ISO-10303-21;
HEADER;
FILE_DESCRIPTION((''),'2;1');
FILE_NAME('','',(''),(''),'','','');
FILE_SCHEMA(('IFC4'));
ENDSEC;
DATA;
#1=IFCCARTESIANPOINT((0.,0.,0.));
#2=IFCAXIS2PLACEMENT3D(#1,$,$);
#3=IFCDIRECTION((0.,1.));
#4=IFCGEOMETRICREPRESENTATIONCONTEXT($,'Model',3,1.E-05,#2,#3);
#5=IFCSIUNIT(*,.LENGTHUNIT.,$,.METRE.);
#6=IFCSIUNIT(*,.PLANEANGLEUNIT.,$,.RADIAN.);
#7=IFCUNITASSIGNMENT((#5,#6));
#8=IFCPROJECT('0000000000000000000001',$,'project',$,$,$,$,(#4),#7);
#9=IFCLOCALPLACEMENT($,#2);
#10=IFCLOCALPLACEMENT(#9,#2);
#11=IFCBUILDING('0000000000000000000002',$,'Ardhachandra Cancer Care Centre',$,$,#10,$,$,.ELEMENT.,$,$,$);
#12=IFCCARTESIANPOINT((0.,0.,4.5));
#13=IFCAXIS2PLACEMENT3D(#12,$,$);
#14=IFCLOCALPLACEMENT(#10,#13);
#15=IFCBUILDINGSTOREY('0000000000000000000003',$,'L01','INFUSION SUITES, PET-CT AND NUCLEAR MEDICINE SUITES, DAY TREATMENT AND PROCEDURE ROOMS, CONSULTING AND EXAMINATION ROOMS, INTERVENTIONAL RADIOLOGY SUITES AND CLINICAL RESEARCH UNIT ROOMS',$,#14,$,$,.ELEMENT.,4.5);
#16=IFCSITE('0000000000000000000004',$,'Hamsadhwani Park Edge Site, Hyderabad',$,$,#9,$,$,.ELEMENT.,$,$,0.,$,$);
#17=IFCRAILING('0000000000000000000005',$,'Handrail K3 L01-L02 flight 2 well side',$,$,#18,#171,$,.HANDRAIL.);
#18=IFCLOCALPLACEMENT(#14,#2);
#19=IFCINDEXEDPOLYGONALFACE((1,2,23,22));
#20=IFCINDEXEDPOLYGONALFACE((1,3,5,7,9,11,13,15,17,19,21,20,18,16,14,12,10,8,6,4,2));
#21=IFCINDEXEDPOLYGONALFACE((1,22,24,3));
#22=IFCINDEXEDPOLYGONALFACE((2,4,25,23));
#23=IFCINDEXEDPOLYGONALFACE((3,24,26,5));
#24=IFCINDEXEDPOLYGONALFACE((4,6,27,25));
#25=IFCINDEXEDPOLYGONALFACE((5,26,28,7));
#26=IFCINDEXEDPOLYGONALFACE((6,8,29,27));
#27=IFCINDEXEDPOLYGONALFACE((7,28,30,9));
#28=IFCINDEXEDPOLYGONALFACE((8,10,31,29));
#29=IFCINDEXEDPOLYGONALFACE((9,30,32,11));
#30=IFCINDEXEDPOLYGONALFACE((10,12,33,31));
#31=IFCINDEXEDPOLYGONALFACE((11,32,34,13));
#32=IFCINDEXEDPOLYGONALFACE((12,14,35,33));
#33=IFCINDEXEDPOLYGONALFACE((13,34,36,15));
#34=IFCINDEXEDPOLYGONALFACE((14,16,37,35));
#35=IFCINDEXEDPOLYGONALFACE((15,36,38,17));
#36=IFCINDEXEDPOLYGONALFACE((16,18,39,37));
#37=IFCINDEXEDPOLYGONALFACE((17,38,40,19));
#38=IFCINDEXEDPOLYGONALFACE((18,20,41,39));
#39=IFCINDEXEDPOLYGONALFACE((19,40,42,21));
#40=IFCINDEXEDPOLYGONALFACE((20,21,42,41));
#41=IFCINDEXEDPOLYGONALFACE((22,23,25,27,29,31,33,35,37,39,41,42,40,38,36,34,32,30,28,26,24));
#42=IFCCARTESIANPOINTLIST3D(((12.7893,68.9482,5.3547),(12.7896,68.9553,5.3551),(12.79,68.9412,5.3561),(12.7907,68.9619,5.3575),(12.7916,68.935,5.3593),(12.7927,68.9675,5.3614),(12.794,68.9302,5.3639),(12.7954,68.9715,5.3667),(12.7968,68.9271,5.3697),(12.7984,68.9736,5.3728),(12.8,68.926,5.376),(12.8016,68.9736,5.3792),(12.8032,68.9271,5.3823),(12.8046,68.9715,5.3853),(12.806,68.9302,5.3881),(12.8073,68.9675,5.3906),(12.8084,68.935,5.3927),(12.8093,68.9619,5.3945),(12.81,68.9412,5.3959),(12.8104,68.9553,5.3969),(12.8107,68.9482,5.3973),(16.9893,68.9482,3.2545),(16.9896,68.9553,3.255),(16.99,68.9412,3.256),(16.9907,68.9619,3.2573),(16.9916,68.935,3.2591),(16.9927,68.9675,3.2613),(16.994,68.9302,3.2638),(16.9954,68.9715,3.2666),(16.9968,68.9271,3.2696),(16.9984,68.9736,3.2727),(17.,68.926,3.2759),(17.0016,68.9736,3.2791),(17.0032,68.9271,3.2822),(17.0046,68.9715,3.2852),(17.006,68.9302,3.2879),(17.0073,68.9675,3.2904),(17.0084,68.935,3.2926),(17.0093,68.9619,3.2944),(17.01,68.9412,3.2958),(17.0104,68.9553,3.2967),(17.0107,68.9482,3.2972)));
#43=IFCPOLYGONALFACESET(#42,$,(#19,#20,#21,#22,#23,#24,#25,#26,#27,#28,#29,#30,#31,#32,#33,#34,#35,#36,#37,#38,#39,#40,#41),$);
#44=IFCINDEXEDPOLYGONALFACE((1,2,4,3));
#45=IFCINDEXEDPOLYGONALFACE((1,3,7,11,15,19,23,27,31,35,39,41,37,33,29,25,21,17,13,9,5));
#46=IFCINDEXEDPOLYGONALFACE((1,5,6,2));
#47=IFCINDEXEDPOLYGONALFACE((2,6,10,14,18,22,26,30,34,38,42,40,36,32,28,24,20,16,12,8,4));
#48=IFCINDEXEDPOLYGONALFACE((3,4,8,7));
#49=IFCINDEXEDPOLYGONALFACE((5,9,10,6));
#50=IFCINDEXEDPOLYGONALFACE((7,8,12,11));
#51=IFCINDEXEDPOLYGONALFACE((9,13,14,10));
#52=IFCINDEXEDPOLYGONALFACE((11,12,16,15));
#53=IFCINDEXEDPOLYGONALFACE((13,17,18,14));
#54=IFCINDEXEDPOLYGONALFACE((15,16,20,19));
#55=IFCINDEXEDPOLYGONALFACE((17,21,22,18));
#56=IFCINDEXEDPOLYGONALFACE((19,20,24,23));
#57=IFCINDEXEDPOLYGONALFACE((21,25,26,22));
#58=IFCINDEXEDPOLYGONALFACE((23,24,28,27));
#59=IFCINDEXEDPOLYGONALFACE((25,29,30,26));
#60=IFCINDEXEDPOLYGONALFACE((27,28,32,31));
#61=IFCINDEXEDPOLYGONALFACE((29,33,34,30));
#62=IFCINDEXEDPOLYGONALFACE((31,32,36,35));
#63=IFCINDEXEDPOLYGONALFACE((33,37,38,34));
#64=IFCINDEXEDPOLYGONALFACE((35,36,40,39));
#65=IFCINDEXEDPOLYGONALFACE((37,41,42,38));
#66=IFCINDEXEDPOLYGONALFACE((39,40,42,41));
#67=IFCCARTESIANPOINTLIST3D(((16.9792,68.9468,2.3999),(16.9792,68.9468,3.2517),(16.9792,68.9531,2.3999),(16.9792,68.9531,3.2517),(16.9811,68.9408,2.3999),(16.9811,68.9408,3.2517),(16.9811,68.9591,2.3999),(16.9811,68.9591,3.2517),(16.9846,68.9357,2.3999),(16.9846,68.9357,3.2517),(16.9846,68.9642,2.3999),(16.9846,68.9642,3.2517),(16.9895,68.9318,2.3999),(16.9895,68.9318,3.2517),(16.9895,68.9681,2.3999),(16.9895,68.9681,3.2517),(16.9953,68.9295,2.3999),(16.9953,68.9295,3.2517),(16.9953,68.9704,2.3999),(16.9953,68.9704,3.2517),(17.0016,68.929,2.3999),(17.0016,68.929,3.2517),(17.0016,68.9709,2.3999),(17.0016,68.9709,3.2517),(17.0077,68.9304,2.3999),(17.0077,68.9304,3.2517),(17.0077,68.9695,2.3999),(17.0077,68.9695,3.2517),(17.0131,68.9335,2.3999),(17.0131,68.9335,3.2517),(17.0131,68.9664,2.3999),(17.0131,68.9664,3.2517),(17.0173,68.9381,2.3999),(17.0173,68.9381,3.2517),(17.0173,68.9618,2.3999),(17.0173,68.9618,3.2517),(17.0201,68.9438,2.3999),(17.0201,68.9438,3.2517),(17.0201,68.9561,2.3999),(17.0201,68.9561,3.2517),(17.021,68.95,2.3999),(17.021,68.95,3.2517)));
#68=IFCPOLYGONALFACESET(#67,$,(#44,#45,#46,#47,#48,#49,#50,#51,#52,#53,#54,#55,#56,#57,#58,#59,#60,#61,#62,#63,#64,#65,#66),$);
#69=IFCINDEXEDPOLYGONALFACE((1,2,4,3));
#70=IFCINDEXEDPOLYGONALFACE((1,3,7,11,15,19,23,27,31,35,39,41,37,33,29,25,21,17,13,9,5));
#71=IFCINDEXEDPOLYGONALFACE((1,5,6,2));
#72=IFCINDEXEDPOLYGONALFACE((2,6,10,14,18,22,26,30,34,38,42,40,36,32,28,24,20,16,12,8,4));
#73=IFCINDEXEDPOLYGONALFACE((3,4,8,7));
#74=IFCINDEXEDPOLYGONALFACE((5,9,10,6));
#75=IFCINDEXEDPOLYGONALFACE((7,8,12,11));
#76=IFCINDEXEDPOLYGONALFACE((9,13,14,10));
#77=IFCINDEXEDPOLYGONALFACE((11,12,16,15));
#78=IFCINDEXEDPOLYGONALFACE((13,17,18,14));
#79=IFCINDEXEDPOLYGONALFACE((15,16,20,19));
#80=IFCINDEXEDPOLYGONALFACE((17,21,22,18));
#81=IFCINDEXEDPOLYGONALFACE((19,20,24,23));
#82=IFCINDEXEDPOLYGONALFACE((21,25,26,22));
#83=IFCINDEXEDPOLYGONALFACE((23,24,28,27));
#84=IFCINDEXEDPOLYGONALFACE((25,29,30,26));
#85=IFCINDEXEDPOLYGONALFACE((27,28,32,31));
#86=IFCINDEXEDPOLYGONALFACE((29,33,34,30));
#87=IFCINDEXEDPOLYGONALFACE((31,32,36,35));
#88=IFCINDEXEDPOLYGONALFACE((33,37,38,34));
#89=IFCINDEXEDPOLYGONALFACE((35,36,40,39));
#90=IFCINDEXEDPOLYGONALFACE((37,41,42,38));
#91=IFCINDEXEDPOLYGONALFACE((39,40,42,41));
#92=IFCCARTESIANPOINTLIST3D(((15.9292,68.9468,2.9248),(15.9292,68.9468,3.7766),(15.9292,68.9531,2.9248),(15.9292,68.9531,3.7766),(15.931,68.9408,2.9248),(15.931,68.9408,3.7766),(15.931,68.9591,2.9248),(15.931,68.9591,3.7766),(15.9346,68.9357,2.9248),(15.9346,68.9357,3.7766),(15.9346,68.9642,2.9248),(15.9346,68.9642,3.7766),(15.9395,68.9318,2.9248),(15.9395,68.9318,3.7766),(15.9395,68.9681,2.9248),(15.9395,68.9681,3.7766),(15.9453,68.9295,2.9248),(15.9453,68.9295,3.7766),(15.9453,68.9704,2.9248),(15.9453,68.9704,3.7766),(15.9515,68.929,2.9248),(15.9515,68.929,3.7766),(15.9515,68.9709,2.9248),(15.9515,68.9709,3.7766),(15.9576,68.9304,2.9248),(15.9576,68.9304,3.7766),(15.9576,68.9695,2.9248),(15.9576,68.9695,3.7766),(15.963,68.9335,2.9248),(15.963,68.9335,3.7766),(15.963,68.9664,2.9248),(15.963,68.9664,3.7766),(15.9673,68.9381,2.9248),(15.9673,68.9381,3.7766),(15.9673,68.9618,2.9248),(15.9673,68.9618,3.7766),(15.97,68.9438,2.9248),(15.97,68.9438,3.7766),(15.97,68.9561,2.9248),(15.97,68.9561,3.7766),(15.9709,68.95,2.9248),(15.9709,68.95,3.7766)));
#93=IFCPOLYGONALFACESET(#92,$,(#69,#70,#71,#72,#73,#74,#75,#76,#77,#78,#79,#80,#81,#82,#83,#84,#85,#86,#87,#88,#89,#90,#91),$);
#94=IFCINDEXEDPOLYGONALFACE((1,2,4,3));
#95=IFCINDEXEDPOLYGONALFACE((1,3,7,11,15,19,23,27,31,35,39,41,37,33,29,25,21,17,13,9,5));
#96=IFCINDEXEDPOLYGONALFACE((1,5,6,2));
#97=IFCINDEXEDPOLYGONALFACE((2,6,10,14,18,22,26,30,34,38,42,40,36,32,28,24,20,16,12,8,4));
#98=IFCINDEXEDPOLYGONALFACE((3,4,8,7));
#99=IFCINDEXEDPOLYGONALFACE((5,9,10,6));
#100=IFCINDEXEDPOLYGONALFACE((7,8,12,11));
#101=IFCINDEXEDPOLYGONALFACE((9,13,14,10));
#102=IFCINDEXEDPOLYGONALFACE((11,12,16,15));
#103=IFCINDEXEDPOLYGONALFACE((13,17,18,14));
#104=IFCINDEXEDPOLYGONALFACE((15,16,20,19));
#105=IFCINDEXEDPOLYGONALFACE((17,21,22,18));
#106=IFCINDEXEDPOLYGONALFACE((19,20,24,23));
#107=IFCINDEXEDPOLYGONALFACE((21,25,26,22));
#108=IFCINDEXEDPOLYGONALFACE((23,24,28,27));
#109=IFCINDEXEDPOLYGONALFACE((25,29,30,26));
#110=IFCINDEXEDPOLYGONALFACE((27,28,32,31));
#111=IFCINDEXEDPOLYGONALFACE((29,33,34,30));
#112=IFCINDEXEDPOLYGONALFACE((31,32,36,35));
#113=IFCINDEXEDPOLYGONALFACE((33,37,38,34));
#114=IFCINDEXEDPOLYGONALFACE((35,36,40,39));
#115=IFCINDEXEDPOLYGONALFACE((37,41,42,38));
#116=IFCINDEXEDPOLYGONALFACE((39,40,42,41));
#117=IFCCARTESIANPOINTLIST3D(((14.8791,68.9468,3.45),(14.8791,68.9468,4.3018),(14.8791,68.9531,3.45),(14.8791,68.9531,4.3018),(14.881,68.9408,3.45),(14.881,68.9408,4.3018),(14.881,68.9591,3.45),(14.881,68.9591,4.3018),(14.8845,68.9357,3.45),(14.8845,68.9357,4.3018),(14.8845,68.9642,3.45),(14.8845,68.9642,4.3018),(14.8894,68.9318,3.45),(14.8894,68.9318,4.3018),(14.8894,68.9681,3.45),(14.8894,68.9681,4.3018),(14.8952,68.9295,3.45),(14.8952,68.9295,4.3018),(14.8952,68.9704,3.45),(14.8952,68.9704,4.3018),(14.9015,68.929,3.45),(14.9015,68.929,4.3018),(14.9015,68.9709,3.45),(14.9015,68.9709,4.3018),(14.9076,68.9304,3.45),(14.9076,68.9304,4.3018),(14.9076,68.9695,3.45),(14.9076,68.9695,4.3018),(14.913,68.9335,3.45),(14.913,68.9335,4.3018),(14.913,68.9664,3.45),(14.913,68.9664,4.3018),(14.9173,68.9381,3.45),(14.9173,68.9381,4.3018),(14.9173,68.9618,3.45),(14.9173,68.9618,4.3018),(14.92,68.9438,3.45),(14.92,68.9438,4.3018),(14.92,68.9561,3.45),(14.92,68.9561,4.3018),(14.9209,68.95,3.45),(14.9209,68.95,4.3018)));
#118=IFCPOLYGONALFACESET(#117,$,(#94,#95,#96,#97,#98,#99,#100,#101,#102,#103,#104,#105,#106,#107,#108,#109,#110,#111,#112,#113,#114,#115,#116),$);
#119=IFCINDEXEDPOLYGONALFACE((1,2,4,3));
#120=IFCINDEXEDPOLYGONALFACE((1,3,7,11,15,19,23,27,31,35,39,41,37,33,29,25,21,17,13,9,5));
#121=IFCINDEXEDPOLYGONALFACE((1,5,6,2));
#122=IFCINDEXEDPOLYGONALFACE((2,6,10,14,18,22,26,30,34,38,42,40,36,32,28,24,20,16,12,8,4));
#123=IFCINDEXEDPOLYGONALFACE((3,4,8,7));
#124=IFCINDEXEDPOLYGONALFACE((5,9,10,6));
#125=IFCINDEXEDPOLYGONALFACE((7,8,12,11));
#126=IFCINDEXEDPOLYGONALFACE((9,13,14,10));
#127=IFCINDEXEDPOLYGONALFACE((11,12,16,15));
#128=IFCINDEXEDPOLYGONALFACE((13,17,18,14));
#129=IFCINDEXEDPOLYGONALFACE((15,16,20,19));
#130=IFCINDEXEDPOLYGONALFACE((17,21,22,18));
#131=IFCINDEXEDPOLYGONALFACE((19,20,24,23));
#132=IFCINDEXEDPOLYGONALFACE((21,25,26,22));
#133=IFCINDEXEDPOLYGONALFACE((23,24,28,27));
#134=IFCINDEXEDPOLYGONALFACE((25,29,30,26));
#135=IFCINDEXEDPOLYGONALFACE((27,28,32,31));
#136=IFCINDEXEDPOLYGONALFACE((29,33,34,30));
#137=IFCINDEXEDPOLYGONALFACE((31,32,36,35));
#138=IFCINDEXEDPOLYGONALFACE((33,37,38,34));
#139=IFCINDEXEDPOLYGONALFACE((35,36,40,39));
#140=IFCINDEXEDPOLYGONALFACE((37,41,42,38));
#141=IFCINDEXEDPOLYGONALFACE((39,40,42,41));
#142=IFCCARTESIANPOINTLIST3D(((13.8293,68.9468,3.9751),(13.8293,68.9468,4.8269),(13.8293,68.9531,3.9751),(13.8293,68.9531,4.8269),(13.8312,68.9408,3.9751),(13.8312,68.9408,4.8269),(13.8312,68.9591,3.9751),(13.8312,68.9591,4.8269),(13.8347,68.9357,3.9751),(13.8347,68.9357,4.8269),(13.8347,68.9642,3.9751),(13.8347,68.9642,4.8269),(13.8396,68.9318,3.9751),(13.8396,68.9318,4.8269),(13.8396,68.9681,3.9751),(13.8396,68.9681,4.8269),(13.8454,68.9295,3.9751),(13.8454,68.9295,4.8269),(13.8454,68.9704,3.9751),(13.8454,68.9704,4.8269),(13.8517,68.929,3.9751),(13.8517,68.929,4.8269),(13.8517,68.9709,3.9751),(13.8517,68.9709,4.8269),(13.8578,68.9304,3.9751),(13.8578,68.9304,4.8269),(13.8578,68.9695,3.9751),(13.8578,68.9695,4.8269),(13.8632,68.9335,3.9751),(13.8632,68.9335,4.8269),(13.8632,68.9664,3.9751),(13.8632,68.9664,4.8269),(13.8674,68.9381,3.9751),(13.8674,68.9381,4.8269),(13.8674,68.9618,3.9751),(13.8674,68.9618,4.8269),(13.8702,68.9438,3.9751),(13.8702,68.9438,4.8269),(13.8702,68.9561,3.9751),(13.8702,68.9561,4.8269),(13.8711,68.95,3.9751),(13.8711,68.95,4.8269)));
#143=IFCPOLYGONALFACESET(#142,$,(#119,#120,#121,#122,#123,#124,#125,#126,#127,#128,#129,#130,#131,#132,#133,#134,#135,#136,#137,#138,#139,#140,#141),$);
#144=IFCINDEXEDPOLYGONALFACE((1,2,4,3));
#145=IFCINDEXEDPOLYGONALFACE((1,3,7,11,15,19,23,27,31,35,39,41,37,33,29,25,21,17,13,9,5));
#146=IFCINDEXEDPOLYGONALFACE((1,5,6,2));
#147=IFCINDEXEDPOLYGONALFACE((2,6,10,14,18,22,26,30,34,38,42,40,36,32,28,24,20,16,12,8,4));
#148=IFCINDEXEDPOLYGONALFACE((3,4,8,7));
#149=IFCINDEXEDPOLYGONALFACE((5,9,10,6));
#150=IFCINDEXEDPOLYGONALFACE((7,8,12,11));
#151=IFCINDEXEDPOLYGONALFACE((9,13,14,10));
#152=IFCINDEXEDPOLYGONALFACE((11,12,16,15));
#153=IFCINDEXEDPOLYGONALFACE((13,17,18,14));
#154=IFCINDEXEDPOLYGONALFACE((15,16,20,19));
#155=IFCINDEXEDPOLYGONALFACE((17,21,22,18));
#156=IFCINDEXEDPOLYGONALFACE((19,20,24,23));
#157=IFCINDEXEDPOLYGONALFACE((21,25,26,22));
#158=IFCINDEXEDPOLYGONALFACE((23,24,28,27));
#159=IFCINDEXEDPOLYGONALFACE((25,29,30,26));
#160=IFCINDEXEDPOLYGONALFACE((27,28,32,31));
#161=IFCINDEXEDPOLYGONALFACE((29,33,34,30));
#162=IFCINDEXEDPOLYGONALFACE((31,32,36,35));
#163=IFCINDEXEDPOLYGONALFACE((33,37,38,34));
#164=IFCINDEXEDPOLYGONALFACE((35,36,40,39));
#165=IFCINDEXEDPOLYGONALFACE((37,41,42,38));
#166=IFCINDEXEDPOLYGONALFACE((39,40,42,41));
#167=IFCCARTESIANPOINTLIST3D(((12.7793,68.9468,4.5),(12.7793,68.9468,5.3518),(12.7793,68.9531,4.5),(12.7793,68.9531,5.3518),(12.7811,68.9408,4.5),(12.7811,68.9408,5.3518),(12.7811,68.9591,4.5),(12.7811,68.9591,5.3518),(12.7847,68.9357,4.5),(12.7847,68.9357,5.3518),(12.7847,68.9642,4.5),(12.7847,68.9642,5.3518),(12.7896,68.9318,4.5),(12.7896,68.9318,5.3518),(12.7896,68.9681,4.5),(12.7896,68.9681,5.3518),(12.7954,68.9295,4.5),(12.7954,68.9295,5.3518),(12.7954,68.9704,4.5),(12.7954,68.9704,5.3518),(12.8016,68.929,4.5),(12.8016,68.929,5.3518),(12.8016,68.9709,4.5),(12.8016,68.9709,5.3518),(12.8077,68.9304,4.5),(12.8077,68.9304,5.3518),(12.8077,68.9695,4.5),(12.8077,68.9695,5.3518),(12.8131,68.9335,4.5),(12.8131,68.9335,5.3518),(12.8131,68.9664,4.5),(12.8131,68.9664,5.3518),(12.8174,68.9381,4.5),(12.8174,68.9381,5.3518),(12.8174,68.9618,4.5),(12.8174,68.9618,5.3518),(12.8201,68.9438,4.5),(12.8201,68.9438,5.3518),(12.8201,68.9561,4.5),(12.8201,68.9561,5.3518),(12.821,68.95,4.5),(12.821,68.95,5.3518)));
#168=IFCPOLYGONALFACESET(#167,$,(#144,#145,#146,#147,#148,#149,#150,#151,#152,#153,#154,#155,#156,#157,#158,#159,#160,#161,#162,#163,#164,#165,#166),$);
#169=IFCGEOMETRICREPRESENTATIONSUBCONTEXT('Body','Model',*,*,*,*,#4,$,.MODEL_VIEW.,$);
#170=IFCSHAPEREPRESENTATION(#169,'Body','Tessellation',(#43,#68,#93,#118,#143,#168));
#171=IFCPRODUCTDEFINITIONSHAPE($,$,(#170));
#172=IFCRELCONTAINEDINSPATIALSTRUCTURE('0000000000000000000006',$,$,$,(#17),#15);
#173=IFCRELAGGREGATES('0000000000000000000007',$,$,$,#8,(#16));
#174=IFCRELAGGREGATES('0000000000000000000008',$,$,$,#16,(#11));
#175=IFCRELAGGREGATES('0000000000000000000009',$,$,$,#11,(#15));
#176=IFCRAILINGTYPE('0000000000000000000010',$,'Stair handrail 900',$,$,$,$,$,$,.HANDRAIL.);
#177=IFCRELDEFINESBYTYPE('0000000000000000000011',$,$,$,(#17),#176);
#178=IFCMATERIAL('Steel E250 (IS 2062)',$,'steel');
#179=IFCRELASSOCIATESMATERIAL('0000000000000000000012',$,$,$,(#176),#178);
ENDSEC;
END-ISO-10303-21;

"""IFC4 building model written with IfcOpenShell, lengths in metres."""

from ifc_helpers import new_model, si_unit, direction, frame, origin, origin_2d, place, context, subcontext, project, spatial, circle, extrude, material, type_object, element, save


model = new_model("IFC4")

# Units and contexts
model_context = context("Model", 3, precision=1e-05, world=origin(), true_north=direction((0.0, 1.0)))
body_context = subcontext(model_context, "Body", "Model", "MODEL_VIEW")
ifc_project = project(units=[si_unit("LENGTHUNIT", "METRE"), si_unit("PLANEANGLEUNIT", "RADIAN")], contexts=[model_context])

# Site, building, storey
site_placement = place(None, origin())
site = spatial("IfcSite", under=ifc_project, at=site_placement, Name="Hamsadhwani Park Edge Site, Hyderabad", CompositionType="ELEMENT", RefElevation=0.0)
building_placement = place(site_placement, origin())
building = spatial("IfcBuilding", under=site, at=building_placement, Name="Ardhachandra Cancer Care Centre", CompositionType="ELEMENT")
storey_placement = place(building_placement, frame((0.0, 0.0, 4.5)))
storey = spatial("IfcBuildingStorey", under=building, at=storey_placement, Name="L01", Description="INFUSION SUITES, PET-CT AND NUCLEAR MEDICINE SUITES, DAY TREATMENT AND PROCEDURE ROOMS, CONSULTING AND EXAMINATION ROOMS, INTERVENTIONAL RADIOLOGY SUITES AND CLINICAL RESEARCH UNIT ROOMS", CompositionType="ELEMENT", Elevation=4.5)

# Railing
ifc_material_1 = material(Name="Steel E250 (IS 2062)", Category="steel")
railing_type_1 = type_object("IfcRailingType", Name="Stair handrail 900", PredefinedType="HANDRAIL", material=ifc_material_1)
for number, where, name in (
    (1, (17.0, 68.95, 2.3999), "Handrail K3 L01-L02 flight 2 well side"),
):
    element("IfcRailing", number, at=place(storey_placement, frame(where)), inside=storey, type_object=railing_type_1, Name=name, PredefinedType="HANDRAIL", context=body_context, shape_type="SweptSolid", body=[
        extrude(circle(Radius=0.0239, at=origin_2d()), frame((0.0, 0.0, 0.876), z_axis=(-0.894417, 0.0, 0.447234), x_axis=(0.0, -1.0, 0.0)), (0.0, 0.0, 1.0), 4.6958),
        extrude(circle(Radius=0.021, at=origin_2d()), origin(), (0.0, 0.0, 1.0), 0.8518),
        extrude(circle(Radius=0.021, at=origin_2d()), frame((-1.05, 0.0, 0.5249)), (0.0, 0.0, 1.0), 0.8518),
        extrude(circle(Radius=0.021, at=origin_2d()), frame((-2.1001, 0.0, 1.05)), (0.0, 0.0, 1.0), 0.8518),
        extrude(circle(Radius=0.021, at=origin_2d()), frame((-3.1499, 0.0, 1.5752)), (0.0, 0.0, 1.0), 0.8518),
        extrude(circle(Radius=0.021, at=origin_2d()), frame((-4.2, 0.0, 2.1001)), (0.0, 0.0, 1.0), 0.8518),
    ])

save(model, "model.ifc")
